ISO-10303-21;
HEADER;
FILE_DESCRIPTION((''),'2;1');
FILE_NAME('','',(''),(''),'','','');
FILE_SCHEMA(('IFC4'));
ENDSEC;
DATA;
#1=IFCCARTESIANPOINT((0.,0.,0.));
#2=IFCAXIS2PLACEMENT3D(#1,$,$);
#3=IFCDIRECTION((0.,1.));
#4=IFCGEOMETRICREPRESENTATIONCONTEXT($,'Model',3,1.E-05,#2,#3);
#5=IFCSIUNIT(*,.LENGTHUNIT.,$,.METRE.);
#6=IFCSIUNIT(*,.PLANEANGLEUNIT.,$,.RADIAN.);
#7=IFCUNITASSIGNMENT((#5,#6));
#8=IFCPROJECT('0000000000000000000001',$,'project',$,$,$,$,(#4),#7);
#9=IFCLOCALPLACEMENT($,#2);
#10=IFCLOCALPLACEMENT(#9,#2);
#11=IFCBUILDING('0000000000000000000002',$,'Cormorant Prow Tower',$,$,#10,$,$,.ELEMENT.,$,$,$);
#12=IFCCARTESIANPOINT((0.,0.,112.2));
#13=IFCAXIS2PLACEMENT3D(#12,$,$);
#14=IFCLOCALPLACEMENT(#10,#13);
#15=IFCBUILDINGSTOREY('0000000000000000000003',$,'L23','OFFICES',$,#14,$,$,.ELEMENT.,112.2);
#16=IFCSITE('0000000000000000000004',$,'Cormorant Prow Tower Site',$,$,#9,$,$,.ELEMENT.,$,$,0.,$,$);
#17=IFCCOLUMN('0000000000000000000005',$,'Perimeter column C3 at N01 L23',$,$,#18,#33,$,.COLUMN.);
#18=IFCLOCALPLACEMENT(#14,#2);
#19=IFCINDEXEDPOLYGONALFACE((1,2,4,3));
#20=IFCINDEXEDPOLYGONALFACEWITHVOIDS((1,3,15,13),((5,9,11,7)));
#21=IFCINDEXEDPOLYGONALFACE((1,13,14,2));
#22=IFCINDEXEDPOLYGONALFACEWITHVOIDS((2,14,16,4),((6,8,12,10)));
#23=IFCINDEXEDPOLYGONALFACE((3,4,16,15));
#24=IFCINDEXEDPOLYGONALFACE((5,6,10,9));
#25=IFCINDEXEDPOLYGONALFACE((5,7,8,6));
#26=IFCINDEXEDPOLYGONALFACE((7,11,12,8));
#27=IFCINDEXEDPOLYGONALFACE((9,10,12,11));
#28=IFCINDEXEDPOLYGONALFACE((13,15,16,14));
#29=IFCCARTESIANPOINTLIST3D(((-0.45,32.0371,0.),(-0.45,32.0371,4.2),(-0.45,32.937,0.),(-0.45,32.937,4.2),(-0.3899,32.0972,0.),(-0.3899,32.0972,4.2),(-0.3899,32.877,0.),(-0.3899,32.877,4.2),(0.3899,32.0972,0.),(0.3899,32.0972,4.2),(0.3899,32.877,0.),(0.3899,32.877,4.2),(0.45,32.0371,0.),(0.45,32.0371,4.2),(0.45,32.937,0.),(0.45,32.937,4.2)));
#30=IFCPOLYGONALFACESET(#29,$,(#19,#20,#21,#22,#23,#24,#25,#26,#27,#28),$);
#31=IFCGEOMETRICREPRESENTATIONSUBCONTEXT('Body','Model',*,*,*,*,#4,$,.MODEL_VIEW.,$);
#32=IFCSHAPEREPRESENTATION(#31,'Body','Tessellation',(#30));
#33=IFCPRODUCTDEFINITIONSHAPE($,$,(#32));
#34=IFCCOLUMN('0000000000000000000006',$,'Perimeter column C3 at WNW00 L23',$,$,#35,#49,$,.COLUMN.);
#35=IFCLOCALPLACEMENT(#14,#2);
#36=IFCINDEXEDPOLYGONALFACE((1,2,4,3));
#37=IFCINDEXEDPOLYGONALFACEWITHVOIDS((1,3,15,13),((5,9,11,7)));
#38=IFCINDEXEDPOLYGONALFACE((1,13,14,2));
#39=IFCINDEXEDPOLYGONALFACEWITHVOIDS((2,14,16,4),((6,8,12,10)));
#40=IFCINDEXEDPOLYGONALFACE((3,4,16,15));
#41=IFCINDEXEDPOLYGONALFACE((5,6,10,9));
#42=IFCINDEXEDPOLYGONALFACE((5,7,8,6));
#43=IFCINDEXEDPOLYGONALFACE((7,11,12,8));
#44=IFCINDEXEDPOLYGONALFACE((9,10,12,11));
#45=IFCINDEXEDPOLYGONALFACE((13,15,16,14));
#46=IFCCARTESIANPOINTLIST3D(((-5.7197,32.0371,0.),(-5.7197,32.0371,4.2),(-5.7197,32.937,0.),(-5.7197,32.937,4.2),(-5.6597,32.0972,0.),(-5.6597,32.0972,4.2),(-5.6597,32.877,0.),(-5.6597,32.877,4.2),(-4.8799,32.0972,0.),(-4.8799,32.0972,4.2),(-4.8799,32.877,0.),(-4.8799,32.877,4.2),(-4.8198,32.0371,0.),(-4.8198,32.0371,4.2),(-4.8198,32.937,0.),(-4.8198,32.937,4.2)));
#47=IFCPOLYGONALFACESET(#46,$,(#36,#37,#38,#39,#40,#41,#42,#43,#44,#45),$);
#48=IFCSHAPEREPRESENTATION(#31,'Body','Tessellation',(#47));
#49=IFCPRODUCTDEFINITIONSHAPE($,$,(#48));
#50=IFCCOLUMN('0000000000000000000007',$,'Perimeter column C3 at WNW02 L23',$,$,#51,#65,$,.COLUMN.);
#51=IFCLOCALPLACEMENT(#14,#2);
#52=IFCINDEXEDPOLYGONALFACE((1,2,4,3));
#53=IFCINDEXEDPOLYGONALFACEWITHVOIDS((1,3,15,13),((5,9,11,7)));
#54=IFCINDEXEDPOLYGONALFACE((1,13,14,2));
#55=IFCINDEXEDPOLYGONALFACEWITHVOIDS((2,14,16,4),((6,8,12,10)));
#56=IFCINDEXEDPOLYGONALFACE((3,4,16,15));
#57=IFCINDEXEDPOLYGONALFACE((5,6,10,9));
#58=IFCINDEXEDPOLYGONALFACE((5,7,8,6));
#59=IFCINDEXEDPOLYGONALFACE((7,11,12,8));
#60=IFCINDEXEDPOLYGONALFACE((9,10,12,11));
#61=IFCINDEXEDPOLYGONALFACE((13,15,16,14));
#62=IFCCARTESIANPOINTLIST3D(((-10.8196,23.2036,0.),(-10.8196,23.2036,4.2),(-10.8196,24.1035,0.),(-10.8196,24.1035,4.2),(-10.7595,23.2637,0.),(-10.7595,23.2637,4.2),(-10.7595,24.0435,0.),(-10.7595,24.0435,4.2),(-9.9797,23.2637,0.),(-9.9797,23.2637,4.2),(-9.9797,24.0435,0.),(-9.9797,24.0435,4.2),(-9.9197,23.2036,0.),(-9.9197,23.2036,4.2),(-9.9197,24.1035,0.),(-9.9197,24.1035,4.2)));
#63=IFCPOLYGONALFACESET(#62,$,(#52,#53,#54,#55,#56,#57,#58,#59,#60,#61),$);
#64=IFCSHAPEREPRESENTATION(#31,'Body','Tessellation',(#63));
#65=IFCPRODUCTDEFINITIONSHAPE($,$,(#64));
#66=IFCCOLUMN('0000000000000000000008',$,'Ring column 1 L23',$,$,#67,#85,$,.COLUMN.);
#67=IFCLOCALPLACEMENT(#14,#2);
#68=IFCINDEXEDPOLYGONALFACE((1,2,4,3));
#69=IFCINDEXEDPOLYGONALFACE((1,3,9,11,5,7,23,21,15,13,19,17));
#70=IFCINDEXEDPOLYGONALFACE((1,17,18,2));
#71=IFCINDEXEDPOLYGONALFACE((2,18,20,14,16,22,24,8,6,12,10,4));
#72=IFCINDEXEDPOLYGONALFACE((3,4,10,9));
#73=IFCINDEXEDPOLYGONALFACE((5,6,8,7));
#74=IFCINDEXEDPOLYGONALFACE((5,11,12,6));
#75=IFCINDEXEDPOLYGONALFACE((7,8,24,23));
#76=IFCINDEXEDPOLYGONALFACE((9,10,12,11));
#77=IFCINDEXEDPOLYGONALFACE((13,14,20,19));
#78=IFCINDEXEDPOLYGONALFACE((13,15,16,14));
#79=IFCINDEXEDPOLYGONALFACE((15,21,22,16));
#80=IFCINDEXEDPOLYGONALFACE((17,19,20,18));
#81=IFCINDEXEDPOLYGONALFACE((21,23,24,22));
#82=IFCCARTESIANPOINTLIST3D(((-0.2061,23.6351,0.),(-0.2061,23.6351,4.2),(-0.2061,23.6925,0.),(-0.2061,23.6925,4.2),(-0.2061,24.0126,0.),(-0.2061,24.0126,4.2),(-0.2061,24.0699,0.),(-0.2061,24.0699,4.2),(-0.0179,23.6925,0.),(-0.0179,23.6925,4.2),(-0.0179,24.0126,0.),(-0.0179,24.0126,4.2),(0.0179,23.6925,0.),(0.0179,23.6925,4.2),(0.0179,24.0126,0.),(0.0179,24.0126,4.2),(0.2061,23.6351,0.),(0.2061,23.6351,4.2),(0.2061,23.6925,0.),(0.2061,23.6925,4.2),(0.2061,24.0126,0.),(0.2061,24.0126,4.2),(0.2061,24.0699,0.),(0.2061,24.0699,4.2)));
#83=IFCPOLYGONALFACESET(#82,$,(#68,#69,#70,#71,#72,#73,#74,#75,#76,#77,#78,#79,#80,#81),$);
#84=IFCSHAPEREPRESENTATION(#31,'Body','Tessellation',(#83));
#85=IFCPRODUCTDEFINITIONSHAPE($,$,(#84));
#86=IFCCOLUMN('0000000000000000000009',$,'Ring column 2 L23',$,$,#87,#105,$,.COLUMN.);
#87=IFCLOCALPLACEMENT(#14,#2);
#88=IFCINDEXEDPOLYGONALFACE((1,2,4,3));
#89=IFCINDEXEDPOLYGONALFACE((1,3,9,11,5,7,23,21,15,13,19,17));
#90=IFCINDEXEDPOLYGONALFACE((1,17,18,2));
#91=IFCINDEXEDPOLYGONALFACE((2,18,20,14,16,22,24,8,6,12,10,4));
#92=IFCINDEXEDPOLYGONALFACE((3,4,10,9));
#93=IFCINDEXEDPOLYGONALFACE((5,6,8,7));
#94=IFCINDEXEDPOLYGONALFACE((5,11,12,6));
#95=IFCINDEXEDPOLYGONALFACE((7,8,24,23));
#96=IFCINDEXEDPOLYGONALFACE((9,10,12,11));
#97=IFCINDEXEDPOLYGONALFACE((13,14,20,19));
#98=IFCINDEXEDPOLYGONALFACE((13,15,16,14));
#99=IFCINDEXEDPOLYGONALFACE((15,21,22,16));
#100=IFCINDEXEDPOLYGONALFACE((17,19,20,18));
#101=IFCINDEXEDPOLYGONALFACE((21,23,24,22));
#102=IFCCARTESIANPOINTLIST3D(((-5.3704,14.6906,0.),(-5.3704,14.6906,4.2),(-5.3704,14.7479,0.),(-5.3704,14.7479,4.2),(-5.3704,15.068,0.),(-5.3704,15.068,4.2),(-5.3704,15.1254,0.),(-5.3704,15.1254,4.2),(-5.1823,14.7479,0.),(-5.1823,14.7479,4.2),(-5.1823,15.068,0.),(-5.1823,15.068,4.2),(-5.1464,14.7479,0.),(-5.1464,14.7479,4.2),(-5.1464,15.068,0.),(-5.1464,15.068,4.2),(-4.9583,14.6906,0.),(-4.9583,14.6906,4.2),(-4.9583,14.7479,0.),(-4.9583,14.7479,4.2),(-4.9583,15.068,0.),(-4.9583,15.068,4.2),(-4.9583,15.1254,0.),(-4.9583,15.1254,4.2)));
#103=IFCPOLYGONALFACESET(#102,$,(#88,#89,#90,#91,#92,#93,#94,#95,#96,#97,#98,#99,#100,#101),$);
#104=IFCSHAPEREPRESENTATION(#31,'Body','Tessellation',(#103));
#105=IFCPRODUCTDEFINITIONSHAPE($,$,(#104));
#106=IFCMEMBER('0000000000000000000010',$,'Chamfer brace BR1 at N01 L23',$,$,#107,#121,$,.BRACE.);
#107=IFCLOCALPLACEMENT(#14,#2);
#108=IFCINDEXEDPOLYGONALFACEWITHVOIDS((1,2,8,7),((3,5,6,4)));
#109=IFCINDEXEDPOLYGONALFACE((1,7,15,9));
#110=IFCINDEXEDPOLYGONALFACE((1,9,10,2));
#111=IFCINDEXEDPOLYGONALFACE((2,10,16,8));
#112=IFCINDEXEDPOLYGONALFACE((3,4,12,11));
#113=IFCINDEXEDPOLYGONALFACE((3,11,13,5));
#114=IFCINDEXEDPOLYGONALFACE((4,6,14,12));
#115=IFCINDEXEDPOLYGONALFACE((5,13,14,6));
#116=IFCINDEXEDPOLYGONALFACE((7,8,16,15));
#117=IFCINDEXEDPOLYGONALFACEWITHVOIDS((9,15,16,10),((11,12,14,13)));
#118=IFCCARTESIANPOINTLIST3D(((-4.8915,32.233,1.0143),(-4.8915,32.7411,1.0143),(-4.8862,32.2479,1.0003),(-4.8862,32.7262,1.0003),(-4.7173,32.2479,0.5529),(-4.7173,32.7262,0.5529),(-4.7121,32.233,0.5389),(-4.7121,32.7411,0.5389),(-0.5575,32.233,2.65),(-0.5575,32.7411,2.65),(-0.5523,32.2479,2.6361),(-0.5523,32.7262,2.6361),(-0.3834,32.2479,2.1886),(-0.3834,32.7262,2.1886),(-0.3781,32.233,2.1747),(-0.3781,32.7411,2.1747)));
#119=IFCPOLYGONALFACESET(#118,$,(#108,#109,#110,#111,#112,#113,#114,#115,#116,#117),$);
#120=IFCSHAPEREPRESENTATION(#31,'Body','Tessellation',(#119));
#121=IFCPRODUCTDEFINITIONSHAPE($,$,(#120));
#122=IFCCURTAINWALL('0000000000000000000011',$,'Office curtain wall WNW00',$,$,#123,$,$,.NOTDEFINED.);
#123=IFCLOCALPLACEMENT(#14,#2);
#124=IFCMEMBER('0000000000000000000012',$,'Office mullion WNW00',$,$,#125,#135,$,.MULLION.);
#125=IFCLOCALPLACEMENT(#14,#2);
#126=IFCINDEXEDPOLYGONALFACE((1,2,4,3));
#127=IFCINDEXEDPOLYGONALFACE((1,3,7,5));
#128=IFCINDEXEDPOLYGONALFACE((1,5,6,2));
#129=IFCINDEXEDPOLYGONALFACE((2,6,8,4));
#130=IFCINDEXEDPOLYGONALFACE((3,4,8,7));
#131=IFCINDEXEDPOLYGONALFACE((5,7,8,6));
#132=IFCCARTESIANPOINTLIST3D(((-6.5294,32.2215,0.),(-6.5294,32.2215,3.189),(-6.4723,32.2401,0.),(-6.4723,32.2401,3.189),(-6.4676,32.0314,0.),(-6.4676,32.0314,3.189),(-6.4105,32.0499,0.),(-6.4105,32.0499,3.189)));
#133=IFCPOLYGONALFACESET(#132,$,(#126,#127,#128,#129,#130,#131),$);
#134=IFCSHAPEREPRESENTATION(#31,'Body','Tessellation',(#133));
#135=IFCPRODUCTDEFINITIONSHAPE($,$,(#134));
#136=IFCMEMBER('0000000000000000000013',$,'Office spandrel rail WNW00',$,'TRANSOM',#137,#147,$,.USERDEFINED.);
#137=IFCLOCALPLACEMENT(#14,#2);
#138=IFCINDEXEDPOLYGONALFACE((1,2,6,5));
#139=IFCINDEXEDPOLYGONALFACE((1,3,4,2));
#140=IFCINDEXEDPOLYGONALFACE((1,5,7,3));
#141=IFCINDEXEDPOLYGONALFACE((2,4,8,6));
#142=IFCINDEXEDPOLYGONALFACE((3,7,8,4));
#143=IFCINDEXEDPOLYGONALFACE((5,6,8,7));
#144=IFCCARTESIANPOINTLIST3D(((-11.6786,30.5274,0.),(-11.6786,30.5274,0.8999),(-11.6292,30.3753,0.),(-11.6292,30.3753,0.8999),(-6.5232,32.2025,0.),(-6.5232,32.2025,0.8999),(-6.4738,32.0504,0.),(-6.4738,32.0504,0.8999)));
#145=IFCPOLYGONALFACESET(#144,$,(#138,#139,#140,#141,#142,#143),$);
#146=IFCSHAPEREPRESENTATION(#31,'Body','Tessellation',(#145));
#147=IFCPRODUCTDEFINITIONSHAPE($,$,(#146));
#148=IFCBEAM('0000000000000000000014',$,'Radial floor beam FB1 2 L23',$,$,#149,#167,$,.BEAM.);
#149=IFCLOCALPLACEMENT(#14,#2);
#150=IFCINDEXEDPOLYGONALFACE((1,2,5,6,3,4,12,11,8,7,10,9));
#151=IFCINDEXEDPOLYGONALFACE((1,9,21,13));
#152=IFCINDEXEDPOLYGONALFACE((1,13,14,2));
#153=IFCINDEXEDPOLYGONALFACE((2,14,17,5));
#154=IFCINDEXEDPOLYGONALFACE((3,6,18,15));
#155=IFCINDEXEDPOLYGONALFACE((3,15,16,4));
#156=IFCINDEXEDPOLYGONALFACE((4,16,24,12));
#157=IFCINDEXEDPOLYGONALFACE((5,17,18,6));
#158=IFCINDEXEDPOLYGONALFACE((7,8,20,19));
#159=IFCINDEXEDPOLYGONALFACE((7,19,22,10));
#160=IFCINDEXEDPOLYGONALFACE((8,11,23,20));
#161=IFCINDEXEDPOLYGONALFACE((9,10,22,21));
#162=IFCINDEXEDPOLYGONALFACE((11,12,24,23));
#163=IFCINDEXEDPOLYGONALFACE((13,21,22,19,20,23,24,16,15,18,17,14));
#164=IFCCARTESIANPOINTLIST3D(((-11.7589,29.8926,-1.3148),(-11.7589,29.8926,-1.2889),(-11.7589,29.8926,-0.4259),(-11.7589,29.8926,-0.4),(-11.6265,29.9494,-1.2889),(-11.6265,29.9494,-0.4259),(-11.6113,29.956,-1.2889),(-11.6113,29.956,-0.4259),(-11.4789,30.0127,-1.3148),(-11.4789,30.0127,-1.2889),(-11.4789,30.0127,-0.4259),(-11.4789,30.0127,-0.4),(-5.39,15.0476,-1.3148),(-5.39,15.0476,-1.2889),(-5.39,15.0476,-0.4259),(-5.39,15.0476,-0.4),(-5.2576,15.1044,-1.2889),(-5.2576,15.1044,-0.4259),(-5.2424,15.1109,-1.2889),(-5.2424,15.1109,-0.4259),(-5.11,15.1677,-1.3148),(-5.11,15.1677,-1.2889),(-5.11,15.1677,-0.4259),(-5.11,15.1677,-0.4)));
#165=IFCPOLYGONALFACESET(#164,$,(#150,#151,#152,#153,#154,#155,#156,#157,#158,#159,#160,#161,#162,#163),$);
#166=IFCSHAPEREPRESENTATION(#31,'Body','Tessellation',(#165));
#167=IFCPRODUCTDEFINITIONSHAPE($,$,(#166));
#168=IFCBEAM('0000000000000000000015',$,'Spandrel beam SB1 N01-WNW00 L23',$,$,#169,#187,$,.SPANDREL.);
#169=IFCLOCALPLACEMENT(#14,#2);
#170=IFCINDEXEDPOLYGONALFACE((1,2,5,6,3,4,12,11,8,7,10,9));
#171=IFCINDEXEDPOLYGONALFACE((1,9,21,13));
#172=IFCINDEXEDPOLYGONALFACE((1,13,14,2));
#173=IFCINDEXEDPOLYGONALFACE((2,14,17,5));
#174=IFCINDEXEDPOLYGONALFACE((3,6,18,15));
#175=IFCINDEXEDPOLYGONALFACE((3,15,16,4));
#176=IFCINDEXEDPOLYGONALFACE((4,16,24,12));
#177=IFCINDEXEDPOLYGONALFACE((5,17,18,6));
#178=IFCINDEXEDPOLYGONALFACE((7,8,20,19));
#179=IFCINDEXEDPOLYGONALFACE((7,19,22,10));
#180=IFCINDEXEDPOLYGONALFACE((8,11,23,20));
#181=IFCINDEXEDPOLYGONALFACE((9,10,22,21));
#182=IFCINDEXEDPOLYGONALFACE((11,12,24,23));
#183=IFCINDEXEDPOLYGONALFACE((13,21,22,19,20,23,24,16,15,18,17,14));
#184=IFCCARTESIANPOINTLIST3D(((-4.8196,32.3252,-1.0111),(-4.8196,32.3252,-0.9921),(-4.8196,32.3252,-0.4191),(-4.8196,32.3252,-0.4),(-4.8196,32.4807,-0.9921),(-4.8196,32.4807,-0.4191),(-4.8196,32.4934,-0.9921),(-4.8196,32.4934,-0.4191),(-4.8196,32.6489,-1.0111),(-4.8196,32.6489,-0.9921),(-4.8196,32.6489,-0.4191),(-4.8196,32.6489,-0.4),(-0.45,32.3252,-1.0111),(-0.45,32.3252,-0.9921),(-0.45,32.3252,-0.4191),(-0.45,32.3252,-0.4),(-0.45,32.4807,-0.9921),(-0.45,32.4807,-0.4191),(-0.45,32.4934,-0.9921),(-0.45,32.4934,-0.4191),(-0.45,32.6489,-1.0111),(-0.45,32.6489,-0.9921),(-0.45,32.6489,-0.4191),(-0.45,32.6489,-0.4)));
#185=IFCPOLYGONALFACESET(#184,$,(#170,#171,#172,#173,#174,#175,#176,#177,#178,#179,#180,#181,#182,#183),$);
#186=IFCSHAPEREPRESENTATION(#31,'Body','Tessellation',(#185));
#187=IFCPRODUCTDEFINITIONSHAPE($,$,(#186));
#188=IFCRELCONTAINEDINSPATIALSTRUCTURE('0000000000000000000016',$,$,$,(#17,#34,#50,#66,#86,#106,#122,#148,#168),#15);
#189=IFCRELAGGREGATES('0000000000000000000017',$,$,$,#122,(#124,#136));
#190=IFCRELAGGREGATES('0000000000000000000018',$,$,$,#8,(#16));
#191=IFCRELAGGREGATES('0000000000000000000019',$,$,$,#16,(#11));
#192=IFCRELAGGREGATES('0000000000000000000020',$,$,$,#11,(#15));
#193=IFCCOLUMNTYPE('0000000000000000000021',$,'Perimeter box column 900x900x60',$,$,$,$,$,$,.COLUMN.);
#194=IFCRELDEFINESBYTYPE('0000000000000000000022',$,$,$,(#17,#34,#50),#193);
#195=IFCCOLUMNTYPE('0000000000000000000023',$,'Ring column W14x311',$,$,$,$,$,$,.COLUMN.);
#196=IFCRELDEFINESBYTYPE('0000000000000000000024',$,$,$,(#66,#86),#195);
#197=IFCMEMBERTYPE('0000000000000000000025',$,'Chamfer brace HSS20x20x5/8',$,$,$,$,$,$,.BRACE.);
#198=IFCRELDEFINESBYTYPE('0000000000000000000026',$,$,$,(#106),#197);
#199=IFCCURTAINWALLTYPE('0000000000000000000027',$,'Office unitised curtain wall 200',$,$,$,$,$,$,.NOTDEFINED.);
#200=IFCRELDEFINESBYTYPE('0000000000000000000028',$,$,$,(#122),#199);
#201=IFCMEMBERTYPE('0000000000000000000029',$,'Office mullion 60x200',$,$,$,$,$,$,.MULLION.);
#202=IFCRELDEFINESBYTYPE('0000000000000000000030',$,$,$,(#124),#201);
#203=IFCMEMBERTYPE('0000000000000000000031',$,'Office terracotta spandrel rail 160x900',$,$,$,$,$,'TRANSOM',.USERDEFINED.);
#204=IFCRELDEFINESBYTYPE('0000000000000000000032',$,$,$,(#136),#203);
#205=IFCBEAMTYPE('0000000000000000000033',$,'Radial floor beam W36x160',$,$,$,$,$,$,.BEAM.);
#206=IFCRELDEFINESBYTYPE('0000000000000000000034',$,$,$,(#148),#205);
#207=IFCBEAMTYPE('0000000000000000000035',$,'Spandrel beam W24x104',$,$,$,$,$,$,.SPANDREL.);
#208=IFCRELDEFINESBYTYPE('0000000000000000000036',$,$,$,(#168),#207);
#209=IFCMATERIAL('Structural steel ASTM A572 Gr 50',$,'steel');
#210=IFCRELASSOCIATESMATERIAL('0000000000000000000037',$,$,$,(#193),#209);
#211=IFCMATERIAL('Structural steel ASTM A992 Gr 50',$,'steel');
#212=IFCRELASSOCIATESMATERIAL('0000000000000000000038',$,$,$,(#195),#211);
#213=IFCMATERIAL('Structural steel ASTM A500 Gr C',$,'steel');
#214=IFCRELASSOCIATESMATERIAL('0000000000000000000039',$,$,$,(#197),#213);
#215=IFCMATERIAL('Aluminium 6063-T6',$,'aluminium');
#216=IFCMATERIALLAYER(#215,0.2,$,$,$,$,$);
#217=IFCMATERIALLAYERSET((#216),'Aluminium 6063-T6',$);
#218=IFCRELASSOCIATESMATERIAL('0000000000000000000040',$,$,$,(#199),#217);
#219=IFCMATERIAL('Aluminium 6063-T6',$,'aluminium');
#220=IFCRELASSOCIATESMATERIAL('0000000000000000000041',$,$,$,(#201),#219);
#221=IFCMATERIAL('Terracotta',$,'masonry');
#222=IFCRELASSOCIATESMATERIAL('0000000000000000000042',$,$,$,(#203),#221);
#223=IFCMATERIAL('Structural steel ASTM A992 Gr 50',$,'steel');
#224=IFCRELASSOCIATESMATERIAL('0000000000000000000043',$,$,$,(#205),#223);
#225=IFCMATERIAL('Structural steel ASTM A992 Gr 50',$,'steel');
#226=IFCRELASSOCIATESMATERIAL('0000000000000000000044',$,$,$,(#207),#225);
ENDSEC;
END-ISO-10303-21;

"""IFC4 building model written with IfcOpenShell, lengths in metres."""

from ifc_helpers import new_model, si_unit, direction, frame, origin, origin_2d, place, context, subcontext, project, spatial, rectangle, hollow_rectangle, i_section, extrude, material, layer, layer_set, material_profile, profile_set, type_object, element, aggregate, save


model = new_model("IFC4")

# Units and contexts
model_context = context("Model", 3, precision=1e-05, world=origin(), true_north=direction((0.0, 1.0)))
body_context = subcontext(model_context, "Body", "Model", "MODEL_VIEW")
ifc_project = project(units=[si_unit("LENGTHUNIT", "METRE"), si_unit("PLANEANGLEUNIT", "RADIAN")], contexts=[model_context])

# Site, building, storey
site_placement = place(None, origin())
site = spatial("IfcSite", under=ifc_project, at=site_placement, Name="Cormorant Prow Tower Site", CompositionType="ELEMENT", RefElevation=0.0)
building_placement = place(site_placement, origin())
building = spatial("IfcBuilding", under=site, at=building_placement, Name="Cormorant Prow Tower", CompositionType="ELEMENT")
storey_placement = place(building_placement, frame((0.0, 0.0, 112.2)))
storey = spatial("IfcBuildingStorey", under=building, at=storey_placement, Name="L23", Description="OFFICES", CompositionType="ELEMENT", Elevation=112.2)

# Columns
ifc_material_1 = material(Name="Structural steel ASTM A572 Gr 50", Category="steel")
ifc_material_profile_1 = material_profile(ifc_material_1, hollow_rectangle(XDim=0.8999, YDim=0.8999, WallThickness=0.0601, at=origin_2d()), Name="Box 900x900x60")
ifc_profile_set_1 = profile_set([ifc_material_profile_1], Name="Structural steel ASTM A572 Gr 50")
column_type_1 = type_object("IfcColumnType", Name="Perimeter box column 900x900x60", PredefinedType="COLUMN", material=ifc_profile_set_1)
for number, where, z_axis, x_axis, name in (
    (1, (0.0, 32.4871, 0.0), (0.0, 0.0, 1.0), (1.0, 0.0, 0.0), "Perimeter column C3 at N01 L23"),
    (2, (-5.2698, 32.4871, 0.0), (0.0, 0.0, 1.0), (1.0, 0.0, 0.0), "Perimeter column C3 at WNW00 L23"),
    (3, (-10.3696, 23.6536, 0.0), (0.0, 0.0, 1.0), (1.0, 0.0, 0.0), "Perimeter column C3 at WNW02 L23"),
):
    element("IfcColumn", number, at=place(storey_placement, frame(where, z_axis=z_axis, x_axis=x_axis)), inside=storey, type_object=column_type_1, Name=name, PredefinedType="COLUMN", context=body_context, shape_type="SweptSolid", body=[
        extrude(hollow_rectangle(XDim=0.8999, YDim=0.8999, WallThickness=0.0601, at=origin_2d()), origin(), (0.0, 0.0, 1.0), 4.2),
    ])
ifc_material_2 = material(Name="Structural steel ASTM A992 Gr 50", Category="steel")
ifc_material_profile_2 = material_profile(ifc_material_2, i_section(OverallWidth=0.4121, OverallDepth=0.4348, WebThickness=0.0359, FlangeThickness=0.0574, at=origin_2d()), Name="W14x311")
ifc_profile_set_2 = profile_set([ifc_material_profile_2], Name="Structural steel ASTM A992 Gr 50")
column_type_2 = type_object("IfcColumnType", Name="Ring column W14x311", PredefinedType="COLUMN", material=ifc_profile_set_2)
for number, where, z_axis, x_axis, name in (
    (4, (0.0, 23.8525, 0.0), (0.0, 0.0, 1.0), (1.0, 0.0, 0.0), "Ring column 1 L23"),
    (5, (-5.1643, 14.908, 0.0), (0.0, 0.0, 1.0), (1.0, 0.0, 0.0), "Ring column 2 L23"),
):
    element("IfcColumn", number, at=place(storey_placement, frame(where, z_axis=z_axis, x_axis=x_axis)), inside=storey, type_object=column_type_2, Name=name, PredefinedType="COLUMN", context=body_context, shape_type="SweptSolid", body=[
        extrude(i_section(OverallWidth=0.4121, OverallDepth=0.4348, WebThickness=0.0359, FlangeThickness=0.0574, at=origin_2d()), origin(), (0.0, 0.0, 1.0), 4.2),
    ])

# Member
ifc_material_3 = material(Name="Structural steel ASTM A500 Gr C", Category="steel")
ifc_material_profile_3 = material_profile(ifc_material_3, hollow_rectangle(XDim=0.5081, YDim=0.5081, WallThickness=0.0149, at=origin_2d()), Name="HSS20x20x5/8")
ifc_profile_set_3 = profile_set([ifc_material_profile_3], Name="Structural steel ASTM A500 Gr C")
member_type_1 = type_object("IfcMemberType", Name="Chamfer brace HSS20x20x5/8", PredefinedType="BRACE", material=ifc_profile_set_3)
member_1_placement = place(storey_placement, frame((-4.8018, 32.4871, 0.7766), z_axis=(0.935582, 0.0, 0.353109), x_axis=(0.0, 1.0, 0.0)))
element("IfcMember", 6, at=member_1_placement, inside=storey, type_object=member_type_1, Name="Chamfer brace BR1 at N01 L23", PredefinedType="BRACE", context=body_context, shape_type="SweptSolid", body=[
    extrude(hollow_rectangle(XDim=0.5081, YDim=0.5081, WallThickness=0.0149, at=origin_2d()), origin(), (0.0, 0.0, 1.0), 4.6323),
])

# Curtain wall, members
ifc_material_4 = material(Name="Aluminium 6063-T6", Category="aluminium")
ifc_layer_1 = layer(ifc_material_4, 0.2)
ifc_layer_set_1 = layer_set([ifc_layer_1], Name="Aluminium 6063-T6")
curtain_wall_type = type_object("IfcCurtainWallType", Name="Office unitised curtain wall 200", PredefinedType="NOTDEFINED", material=ifc_layer_set_1)
curtain_wall_placement = place(storey_placement, origin())
curtain_wall = element("IfcCurtainWall", 7, at=curtain_wall_placement, inside=storey, type_object=curtain_wall_type, Name="Office curtain wall WNW00", PredefinedType="NOTDEFINED")
ifc_material_5 = material(Name="Aluminium 6063-T6", Category="aluminium")
ifc_material_profile_4 = material_profile(ifc_material_5, rectangle(XDim=0.2, YDim=0.0601, at=origin_2d()), Name="Office mullion 60x200")
ifc_profile_set_4 = profile_set([ifc_material_profile_4], Name="Aluminium 6063-T6")
member_type_2 = type_object("IfcMemberType", Name="Office mullion 60x200", PredefinedType="MULLION", material=ifc_profile_set_4)
member_2_placement = place(storey_placement, frame((-6.47, 32.1357, 0.0), z_axis=(0.0, 0.0, 1.0), x_axis=(0.309017, -0.951057, 0.0)))
member_2 = element("IfcMember", 8, at=member_2_placement, type_object=member_type_2, Name="Office mullion WNW00", PredefinedType="MULLION", context=body_context, shape_type="SweptSolid", body=[
    extrude(rectangle(XDim=0.2, YDim=0.0601, at=origin_2d()), origin(), (0.0, 0.0, 1.0), 3.189),
])
ifc_material_6 = material(Name="Terracotta", Category="masonry")
ifc_material_profile_5 = material_profile(ifc_material_6, rectangle(XDim=0.1599, YDim=0.8999, at=origin_2d()), Name="Office terracotta spandrel rail 160x900")
ifc_profile_set_5 = profile_set([ifc_material_profile_5], Name="Terracotta")
member_type_3 = type_object("IfcMemberType", Name="Office terracotta spandrel rail 160x900", ElementType="TRANSOM", PredefinedType="USERDEFINED", material=ifc_profile_set_5)
member_3_placement = place(storey_placement, frame((-6.4985, 32.1265, 0.45), z_axis=(-0.951057, -0.309017, 0.0), x_axis=(0.309017, -0.951057, 0.0)))
member_3 = element("IfcMember", 9, at=member_3_placement, type_object=member_type_3, Name="Office spandrel rail WNW00", ObjectType="TRANSOM", PredefinedType="USERDEFINED", context=body_context, shape_type="SweptSolid", body=[
    extrude(rectangle(XDim=0.1599, YDim=0.8999, at=origin_2d()), origin(), (0.0, 0.0, 1.0), 5.4207),
])

# Beams
ifc_material_7 = material(Name="Structural steel ASTM A992 Gr 50", Category="steel")
ifc_material_profile_6 = material_profile(ifc_material_7, i_section(OverallWidth=0.3047, OverallDepth=0.9148, WebThickness=0.0166, FlangeThickness=0.0259, at=origin_2d()), Name="W36x160")
ifc_profile_set_6 = profile_set([ifc_material_profile_6], Name="Structural steel ASTM A992 Gr 50")
beam_type_1 = type_object("IfcBeamType", Name="Radial floor beam W36x160", PredefinedType="BEAM", material=ifc_profile_set_6)
beam_1_placement = place(storey_placement, frame((-5.25, 15.1077, -0.8574), z_axis=(-0.394273, 0.918993, 0.0), x_axis=(-0.918993, -0.394273, 0.0)))
element("IfcBeam", 10, at=beam_1_placement, inside=storey, type_object=beam_type_1, Name="Radial floor beam FB1 2 L23", PredefinedType="BEAM", context=body_context, shape_type="SweptSolid", body=[
    extrude(i_section(OverallWidth=0.3047, OverallDepth=0.9148, WebThickness=0.0166, FlangeThickness=0.0259, at=origin_2d()), origin(), (0.0, 0.0, 1.0), 16.1536),
])
ifc_material_8 = material(Name="Structural steel ASTM A992 Gr 50", Category="steel")
ifc_material_profile_7 = material_profile(ifc_material_8, i_section(OverallWidth=0.3237, OverallDepth=0.6111, WebThickness=0.0127, FlangeThickness=0.019, at=origin_2d()), Name="W24x104")
ifc_profile_set_7 = profile_set([ifc_material_profile_7], Name="Structural steel ASTM A992 Gr 50")
beam_type_2 = type_object("IfcBeamType", Name="Spandrel beam W24x104", PredefinedType="SPANDREL", material=ifc_profile_set_7)
beam_2_placement = place(storey_placement, frame((-0.45, 32.4871, -0.7056), z_axis=(-1.0, 0.0, 0.0), x_axis=(0.0, -1.0, 0.0)))
element("IfcBeam", 11, at=beam_2_placement, inside=storey, type_object=beam_type_2, Name="Spandrel beam SB1 N01-WNW00 L23", PredefinedType="SPANDREL", context=body_context, shape_type="SweptSolid", body=[
    extrude(i_section(OverallWidth=0.3237, OverallDepth=0.6111, WebThickness=0.0127, FlangeThickness=0.019, at=origin_2d()), origin(), (0.0, 0.0, 1.0), 4.3696),
])

aggregate(curtain_wall, [member_2, member_3])

save(model, "model.ifc")
